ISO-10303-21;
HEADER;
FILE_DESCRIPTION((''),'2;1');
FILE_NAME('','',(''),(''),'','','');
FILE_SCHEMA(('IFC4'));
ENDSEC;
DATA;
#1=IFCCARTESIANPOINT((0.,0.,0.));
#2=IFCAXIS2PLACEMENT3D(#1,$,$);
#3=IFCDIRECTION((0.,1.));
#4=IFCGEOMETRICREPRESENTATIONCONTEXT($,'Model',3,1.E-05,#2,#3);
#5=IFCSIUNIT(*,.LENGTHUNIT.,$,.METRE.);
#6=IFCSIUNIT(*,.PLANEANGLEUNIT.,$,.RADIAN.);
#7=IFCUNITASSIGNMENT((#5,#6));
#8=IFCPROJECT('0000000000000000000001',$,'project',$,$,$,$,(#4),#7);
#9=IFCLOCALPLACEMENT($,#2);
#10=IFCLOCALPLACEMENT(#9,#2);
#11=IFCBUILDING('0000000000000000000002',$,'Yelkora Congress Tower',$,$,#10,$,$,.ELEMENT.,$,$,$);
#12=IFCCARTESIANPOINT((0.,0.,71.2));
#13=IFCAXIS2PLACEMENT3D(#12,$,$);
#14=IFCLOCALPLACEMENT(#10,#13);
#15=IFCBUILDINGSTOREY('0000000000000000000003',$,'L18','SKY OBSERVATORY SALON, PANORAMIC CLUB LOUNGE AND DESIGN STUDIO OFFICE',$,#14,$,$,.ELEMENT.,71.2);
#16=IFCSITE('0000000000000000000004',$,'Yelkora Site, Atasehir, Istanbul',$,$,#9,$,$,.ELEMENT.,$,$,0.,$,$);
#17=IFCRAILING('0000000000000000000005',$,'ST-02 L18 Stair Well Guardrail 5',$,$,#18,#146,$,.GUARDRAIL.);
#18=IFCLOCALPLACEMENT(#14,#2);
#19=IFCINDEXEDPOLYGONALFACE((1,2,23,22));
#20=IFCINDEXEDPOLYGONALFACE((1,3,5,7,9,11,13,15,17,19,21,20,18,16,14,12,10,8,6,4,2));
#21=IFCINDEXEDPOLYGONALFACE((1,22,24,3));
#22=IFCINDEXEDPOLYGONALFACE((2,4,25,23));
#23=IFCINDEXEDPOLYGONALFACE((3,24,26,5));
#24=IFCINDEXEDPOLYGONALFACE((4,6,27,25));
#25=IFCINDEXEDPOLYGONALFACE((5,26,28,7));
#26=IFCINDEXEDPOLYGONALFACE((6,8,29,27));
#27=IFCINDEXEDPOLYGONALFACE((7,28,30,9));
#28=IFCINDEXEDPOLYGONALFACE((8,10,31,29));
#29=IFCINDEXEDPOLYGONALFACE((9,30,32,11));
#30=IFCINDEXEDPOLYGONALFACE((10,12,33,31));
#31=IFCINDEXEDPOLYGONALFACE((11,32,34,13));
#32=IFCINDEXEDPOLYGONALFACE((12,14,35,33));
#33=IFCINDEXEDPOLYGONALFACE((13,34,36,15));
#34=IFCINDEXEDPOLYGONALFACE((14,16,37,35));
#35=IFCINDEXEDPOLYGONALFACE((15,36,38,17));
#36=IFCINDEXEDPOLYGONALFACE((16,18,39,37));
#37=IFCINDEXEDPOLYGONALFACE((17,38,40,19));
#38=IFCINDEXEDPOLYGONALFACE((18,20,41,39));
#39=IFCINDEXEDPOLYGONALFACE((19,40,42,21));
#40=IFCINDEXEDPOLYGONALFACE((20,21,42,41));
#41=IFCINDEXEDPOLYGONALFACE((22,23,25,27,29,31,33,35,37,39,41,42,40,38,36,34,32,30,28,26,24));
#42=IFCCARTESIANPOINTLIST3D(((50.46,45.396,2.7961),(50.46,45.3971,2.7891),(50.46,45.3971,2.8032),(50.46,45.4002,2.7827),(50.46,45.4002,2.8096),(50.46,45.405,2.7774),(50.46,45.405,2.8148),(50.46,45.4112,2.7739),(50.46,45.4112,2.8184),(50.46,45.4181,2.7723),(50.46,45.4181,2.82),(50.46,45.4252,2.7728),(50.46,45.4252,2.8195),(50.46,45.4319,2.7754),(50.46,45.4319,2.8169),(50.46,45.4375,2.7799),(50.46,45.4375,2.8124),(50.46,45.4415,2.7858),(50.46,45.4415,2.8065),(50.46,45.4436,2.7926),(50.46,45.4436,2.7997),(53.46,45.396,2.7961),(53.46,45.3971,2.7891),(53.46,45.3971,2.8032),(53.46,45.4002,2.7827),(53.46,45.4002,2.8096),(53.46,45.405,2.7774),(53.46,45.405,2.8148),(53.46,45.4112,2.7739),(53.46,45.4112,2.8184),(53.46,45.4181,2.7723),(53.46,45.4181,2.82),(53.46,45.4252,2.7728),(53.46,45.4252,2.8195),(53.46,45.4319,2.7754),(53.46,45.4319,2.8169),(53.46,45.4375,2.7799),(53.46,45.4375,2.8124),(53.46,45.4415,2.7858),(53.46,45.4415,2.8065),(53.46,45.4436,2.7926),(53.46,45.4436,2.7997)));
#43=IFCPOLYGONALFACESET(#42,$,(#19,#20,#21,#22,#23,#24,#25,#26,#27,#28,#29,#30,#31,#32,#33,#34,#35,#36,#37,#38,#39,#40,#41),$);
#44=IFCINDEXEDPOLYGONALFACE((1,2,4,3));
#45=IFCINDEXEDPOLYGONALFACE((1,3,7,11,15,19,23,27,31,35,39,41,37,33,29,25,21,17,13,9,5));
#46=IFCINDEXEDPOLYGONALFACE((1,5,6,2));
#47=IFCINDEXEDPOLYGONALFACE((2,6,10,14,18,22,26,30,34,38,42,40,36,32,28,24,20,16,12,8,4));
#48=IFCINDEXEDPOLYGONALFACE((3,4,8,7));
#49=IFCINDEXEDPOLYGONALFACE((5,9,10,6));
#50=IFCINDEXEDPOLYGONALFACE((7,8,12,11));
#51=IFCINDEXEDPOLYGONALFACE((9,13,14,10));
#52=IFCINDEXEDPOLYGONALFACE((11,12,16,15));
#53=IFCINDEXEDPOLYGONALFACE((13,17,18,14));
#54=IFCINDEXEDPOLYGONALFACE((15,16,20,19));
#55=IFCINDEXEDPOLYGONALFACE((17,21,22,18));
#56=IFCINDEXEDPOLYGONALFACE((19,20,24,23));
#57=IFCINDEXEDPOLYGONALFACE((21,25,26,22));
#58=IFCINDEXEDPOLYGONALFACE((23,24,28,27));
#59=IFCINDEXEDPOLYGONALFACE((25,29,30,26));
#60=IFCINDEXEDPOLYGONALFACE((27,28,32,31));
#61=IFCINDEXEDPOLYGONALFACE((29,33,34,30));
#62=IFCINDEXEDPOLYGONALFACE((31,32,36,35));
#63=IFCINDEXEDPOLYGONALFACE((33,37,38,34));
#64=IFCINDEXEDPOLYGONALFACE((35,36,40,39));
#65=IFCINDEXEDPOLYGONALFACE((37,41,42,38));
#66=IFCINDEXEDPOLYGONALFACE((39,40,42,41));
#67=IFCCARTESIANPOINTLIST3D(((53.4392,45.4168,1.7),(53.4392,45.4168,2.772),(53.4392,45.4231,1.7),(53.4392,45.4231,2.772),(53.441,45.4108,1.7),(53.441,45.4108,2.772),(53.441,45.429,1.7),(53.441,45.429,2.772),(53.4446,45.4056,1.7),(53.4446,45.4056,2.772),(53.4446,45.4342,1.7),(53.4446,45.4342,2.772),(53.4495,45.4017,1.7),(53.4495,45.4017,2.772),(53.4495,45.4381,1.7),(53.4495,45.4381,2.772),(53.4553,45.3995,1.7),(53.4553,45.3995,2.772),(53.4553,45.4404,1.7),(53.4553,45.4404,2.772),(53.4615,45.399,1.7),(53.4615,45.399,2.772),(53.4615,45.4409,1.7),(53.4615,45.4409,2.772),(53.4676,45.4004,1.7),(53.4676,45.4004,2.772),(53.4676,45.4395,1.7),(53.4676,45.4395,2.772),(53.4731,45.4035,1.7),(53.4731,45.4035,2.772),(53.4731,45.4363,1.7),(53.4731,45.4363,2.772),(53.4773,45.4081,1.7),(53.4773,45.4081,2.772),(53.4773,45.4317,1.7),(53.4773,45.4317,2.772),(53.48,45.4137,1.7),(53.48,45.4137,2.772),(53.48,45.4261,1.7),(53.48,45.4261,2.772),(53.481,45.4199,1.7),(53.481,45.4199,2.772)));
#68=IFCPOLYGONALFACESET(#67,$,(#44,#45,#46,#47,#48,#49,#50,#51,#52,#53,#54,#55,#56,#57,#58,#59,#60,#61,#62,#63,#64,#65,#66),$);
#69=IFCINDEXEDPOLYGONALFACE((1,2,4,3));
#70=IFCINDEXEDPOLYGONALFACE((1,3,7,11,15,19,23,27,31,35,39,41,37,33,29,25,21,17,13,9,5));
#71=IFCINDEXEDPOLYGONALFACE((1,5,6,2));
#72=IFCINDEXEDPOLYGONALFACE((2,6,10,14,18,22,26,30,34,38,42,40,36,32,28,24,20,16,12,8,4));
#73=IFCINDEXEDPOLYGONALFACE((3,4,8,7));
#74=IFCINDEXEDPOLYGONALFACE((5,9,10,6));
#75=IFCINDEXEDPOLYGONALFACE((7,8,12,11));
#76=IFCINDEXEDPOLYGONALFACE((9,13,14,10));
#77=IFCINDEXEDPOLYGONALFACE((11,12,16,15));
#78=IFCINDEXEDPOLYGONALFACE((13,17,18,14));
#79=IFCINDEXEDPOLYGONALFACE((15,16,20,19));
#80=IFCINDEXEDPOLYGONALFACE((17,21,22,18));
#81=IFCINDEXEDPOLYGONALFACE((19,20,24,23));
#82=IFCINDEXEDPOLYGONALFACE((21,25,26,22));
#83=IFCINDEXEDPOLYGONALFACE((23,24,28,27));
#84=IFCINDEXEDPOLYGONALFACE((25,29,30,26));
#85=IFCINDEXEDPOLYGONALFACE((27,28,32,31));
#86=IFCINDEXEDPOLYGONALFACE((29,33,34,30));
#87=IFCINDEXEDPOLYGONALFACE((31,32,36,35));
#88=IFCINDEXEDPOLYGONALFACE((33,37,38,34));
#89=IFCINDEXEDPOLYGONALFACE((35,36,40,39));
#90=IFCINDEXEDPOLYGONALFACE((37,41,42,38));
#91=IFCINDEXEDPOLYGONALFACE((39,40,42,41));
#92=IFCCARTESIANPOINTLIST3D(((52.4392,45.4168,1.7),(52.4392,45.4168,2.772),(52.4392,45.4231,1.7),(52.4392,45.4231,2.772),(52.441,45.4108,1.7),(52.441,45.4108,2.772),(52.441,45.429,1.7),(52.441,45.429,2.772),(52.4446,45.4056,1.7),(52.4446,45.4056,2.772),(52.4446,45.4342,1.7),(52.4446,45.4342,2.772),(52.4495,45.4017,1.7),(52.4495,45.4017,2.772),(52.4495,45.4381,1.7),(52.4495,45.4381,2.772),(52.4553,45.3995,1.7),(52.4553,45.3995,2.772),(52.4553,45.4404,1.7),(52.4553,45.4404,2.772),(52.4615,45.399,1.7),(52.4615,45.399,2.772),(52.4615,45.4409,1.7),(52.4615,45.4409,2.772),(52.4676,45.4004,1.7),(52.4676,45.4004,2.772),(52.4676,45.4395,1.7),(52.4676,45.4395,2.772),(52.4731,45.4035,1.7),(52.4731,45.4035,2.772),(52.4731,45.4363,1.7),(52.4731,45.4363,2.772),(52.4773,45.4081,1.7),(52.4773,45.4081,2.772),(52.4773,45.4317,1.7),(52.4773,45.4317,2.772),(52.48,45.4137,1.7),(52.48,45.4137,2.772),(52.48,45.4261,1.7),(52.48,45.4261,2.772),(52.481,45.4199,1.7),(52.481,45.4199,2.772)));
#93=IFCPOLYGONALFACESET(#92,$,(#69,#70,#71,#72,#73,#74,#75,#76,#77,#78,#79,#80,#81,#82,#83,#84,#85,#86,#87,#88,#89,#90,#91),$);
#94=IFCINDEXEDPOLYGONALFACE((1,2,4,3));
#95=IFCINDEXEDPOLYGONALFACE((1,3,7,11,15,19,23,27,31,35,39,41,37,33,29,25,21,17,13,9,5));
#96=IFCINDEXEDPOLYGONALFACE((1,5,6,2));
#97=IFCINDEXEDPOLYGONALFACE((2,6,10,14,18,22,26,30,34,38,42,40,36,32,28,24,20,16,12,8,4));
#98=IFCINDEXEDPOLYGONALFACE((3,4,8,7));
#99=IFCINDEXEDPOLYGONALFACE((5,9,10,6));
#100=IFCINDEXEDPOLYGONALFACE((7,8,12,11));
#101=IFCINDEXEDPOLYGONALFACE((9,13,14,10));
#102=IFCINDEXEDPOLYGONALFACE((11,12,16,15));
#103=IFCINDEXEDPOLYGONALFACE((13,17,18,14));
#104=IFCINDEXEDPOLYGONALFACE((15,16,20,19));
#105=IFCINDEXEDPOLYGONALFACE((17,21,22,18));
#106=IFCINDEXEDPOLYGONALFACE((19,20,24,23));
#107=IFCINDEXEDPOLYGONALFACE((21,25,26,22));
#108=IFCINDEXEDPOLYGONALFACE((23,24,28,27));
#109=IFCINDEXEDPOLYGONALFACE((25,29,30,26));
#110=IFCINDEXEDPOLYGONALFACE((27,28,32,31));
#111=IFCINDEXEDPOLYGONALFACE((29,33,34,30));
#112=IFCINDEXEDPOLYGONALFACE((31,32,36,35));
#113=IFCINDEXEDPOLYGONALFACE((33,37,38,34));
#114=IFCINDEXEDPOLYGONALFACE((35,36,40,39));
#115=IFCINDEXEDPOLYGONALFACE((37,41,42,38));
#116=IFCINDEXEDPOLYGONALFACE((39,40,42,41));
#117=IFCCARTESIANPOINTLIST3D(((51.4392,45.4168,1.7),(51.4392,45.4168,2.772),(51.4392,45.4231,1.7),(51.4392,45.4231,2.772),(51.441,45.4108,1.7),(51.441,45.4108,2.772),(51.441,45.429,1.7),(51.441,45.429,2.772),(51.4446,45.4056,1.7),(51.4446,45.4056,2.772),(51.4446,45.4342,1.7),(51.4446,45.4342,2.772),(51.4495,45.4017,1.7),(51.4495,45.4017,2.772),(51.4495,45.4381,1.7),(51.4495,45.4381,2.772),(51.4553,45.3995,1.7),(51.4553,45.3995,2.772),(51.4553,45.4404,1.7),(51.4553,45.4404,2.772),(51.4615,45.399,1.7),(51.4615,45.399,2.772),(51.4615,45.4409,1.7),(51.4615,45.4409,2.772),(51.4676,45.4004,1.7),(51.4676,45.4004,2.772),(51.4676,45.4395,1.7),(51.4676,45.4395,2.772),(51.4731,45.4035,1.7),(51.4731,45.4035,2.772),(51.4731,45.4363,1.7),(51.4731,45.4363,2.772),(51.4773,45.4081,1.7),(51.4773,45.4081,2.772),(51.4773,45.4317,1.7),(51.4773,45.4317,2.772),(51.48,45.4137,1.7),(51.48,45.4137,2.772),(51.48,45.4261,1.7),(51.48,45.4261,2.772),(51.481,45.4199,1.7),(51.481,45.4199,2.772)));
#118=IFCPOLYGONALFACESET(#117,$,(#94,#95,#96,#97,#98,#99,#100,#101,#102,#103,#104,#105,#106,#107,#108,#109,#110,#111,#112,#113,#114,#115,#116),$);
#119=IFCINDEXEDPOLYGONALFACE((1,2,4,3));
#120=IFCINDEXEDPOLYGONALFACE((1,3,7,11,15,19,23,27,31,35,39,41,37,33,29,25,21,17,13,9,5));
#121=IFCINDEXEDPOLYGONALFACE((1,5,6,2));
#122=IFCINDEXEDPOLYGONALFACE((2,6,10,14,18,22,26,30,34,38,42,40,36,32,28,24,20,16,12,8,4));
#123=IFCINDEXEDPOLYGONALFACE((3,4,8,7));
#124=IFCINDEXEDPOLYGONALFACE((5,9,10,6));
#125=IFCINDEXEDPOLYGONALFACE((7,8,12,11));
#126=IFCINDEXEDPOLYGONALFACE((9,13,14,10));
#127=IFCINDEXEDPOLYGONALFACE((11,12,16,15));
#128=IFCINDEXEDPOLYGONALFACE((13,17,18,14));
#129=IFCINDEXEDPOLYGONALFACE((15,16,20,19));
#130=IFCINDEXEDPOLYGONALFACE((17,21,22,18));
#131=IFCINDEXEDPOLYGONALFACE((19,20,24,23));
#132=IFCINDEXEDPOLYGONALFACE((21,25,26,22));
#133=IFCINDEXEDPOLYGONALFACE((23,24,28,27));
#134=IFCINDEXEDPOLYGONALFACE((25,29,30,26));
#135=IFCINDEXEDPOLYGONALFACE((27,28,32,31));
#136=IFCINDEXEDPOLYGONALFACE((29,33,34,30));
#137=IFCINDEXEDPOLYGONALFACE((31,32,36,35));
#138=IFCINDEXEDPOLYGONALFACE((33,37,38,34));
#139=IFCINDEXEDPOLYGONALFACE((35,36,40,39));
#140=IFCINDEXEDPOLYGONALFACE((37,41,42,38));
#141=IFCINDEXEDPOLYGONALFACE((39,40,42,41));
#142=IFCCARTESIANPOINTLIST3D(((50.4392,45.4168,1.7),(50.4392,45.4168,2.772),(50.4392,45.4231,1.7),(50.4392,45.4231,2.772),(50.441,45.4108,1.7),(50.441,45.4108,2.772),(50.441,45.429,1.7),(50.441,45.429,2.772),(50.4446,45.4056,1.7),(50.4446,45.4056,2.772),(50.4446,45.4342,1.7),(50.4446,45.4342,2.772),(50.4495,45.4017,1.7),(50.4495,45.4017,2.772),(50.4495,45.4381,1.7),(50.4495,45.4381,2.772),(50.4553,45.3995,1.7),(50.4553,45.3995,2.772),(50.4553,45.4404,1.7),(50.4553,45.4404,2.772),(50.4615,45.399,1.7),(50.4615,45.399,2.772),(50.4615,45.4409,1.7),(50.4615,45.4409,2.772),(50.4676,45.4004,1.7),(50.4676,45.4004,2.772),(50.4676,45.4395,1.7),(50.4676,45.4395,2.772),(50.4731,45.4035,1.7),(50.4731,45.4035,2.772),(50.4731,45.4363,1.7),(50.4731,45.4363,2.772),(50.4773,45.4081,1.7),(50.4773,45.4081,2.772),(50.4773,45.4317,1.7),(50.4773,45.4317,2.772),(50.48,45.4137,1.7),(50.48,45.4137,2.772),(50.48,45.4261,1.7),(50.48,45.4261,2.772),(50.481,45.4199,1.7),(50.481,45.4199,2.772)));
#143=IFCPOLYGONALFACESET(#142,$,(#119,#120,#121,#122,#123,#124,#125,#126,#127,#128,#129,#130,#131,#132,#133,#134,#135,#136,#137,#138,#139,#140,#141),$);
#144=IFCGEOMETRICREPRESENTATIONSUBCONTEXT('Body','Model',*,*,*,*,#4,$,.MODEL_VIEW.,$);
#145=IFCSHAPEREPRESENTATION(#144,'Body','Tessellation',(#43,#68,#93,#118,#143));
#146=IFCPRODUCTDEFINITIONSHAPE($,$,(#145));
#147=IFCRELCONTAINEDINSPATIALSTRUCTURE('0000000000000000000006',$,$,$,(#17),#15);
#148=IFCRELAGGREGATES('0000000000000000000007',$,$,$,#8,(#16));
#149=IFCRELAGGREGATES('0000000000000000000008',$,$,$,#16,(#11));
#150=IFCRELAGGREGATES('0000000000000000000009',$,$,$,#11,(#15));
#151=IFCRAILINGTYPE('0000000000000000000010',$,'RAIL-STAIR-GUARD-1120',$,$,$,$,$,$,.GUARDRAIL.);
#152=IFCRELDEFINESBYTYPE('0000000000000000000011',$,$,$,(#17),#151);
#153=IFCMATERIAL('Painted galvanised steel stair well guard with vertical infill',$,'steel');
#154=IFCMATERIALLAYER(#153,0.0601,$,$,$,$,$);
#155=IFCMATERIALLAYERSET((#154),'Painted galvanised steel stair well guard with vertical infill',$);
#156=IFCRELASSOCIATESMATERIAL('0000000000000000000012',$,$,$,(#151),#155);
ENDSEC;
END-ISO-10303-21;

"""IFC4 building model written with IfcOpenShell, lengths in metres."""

from ifc_helpers import new_model, si_unit, direction, frame, origin, origin_2d, place, context, subcontext, project, spatial, circle, extrude, material, layer, layer_set, type_object, element, save


model = new_model("IFC4")

# Units and contexts
model_context = context("Model", 3, precision=1e-05, world=origin(), true_north=direction((0.0, 1.0)))
body_context = subcontext(model_context, "Body", "Model", "MODEL_VIEW")
ifc_project = project(units=[si_unit("LENGTHUNIT", "METRE"), si_unit("PLANEANGLEUNIT", "RADIAN")], contexts=[model_context])

# Site, building, storey
site_placement = place(None, origin())
site = spatial("IfcSite", under=ifc_project, at=site_placement, Name="Yelkora Site, Atasehir, Istanbul", CompositionType="ELEMENT", RefElevation=0.0)
building_placement = place(site_placement, origin())
building = spatial("IfcBuilding", under=site, at=building_placement, Name="Yelkora Congress Tower", CompositionType="ELEMENT")
storey_placement = place(building_placement, frame((0.0, 0.0, 71.2)))
storey = spatial("IfcBuildingStorey", under=building, at=storey_placement, Name="L18", Description="SKY OBSERVATORY SALON, PANORAMIC CLUB LOUNGE AND DESIGN STUDIO OFFICE", CompositionType="ELEMENT", Elevation=71.2)

# Railing
ifc_material_1 = material(Name="Painted galvanised steel stair well guard with vertical infill", Category="steel")
ifc_layer_1 = layer(ifc_material_1, 0.0601)
ifc_layer_set_1 = layer_set([ifc_layer_1], Name="Painted galvanised steel stair well guard with vertical infill")
railing_type_1 = type_object("IfcRailingType", Name="RAIL-STAIR-GUARD-1120", PredefinedType="GUARDRAIL", material=ifc_layer_set_1)
railing_1_placement = place(storey_placement, frame((53.46, 45.4199, 1.7)))
element("IfcRailing", 1, at=railing_1_placement, inside=storey, type_object=railing_type_1, Name="ST-02 L18 Stair Well Guardrail 5", PredefinedType="GUARDRAIL", context=body_context, shape_type="SweptSolid", body=[
    extrude(circle(Radius=0.0239, at=origin_2d()), frame((0.0, 0.0, 1.0962), z_axis=(-1.0, 0.0, 0.0), x_axis=(0.0, -1.0, 0.0)), (0.0, 0.0, 1.0), 3.0),
    extrude(circle(Radius=0.021, at=origin_2d()), origin(), (0.0, 0.0, 1.0), 1.072),
    extrude(circle(Radius=0.021, at=origin_2d()), frame((-1.0, 0.0, 0.0)), (0.0, 0.0, 1.0), 1.072),
    extrude(circle(Radius=0.021, at=origin_2d()), frame((-2.0, 0.0, 0.0)), (0.0, 0.0, 1.0), 1.072),
    extrude(circle(Radius=0.021, at=origin_2d()), frame((-3.0, 0.0, 0.0)), (0.0, 0.0, 1.0), 1.072),
])

save(model, "model.ifc")
